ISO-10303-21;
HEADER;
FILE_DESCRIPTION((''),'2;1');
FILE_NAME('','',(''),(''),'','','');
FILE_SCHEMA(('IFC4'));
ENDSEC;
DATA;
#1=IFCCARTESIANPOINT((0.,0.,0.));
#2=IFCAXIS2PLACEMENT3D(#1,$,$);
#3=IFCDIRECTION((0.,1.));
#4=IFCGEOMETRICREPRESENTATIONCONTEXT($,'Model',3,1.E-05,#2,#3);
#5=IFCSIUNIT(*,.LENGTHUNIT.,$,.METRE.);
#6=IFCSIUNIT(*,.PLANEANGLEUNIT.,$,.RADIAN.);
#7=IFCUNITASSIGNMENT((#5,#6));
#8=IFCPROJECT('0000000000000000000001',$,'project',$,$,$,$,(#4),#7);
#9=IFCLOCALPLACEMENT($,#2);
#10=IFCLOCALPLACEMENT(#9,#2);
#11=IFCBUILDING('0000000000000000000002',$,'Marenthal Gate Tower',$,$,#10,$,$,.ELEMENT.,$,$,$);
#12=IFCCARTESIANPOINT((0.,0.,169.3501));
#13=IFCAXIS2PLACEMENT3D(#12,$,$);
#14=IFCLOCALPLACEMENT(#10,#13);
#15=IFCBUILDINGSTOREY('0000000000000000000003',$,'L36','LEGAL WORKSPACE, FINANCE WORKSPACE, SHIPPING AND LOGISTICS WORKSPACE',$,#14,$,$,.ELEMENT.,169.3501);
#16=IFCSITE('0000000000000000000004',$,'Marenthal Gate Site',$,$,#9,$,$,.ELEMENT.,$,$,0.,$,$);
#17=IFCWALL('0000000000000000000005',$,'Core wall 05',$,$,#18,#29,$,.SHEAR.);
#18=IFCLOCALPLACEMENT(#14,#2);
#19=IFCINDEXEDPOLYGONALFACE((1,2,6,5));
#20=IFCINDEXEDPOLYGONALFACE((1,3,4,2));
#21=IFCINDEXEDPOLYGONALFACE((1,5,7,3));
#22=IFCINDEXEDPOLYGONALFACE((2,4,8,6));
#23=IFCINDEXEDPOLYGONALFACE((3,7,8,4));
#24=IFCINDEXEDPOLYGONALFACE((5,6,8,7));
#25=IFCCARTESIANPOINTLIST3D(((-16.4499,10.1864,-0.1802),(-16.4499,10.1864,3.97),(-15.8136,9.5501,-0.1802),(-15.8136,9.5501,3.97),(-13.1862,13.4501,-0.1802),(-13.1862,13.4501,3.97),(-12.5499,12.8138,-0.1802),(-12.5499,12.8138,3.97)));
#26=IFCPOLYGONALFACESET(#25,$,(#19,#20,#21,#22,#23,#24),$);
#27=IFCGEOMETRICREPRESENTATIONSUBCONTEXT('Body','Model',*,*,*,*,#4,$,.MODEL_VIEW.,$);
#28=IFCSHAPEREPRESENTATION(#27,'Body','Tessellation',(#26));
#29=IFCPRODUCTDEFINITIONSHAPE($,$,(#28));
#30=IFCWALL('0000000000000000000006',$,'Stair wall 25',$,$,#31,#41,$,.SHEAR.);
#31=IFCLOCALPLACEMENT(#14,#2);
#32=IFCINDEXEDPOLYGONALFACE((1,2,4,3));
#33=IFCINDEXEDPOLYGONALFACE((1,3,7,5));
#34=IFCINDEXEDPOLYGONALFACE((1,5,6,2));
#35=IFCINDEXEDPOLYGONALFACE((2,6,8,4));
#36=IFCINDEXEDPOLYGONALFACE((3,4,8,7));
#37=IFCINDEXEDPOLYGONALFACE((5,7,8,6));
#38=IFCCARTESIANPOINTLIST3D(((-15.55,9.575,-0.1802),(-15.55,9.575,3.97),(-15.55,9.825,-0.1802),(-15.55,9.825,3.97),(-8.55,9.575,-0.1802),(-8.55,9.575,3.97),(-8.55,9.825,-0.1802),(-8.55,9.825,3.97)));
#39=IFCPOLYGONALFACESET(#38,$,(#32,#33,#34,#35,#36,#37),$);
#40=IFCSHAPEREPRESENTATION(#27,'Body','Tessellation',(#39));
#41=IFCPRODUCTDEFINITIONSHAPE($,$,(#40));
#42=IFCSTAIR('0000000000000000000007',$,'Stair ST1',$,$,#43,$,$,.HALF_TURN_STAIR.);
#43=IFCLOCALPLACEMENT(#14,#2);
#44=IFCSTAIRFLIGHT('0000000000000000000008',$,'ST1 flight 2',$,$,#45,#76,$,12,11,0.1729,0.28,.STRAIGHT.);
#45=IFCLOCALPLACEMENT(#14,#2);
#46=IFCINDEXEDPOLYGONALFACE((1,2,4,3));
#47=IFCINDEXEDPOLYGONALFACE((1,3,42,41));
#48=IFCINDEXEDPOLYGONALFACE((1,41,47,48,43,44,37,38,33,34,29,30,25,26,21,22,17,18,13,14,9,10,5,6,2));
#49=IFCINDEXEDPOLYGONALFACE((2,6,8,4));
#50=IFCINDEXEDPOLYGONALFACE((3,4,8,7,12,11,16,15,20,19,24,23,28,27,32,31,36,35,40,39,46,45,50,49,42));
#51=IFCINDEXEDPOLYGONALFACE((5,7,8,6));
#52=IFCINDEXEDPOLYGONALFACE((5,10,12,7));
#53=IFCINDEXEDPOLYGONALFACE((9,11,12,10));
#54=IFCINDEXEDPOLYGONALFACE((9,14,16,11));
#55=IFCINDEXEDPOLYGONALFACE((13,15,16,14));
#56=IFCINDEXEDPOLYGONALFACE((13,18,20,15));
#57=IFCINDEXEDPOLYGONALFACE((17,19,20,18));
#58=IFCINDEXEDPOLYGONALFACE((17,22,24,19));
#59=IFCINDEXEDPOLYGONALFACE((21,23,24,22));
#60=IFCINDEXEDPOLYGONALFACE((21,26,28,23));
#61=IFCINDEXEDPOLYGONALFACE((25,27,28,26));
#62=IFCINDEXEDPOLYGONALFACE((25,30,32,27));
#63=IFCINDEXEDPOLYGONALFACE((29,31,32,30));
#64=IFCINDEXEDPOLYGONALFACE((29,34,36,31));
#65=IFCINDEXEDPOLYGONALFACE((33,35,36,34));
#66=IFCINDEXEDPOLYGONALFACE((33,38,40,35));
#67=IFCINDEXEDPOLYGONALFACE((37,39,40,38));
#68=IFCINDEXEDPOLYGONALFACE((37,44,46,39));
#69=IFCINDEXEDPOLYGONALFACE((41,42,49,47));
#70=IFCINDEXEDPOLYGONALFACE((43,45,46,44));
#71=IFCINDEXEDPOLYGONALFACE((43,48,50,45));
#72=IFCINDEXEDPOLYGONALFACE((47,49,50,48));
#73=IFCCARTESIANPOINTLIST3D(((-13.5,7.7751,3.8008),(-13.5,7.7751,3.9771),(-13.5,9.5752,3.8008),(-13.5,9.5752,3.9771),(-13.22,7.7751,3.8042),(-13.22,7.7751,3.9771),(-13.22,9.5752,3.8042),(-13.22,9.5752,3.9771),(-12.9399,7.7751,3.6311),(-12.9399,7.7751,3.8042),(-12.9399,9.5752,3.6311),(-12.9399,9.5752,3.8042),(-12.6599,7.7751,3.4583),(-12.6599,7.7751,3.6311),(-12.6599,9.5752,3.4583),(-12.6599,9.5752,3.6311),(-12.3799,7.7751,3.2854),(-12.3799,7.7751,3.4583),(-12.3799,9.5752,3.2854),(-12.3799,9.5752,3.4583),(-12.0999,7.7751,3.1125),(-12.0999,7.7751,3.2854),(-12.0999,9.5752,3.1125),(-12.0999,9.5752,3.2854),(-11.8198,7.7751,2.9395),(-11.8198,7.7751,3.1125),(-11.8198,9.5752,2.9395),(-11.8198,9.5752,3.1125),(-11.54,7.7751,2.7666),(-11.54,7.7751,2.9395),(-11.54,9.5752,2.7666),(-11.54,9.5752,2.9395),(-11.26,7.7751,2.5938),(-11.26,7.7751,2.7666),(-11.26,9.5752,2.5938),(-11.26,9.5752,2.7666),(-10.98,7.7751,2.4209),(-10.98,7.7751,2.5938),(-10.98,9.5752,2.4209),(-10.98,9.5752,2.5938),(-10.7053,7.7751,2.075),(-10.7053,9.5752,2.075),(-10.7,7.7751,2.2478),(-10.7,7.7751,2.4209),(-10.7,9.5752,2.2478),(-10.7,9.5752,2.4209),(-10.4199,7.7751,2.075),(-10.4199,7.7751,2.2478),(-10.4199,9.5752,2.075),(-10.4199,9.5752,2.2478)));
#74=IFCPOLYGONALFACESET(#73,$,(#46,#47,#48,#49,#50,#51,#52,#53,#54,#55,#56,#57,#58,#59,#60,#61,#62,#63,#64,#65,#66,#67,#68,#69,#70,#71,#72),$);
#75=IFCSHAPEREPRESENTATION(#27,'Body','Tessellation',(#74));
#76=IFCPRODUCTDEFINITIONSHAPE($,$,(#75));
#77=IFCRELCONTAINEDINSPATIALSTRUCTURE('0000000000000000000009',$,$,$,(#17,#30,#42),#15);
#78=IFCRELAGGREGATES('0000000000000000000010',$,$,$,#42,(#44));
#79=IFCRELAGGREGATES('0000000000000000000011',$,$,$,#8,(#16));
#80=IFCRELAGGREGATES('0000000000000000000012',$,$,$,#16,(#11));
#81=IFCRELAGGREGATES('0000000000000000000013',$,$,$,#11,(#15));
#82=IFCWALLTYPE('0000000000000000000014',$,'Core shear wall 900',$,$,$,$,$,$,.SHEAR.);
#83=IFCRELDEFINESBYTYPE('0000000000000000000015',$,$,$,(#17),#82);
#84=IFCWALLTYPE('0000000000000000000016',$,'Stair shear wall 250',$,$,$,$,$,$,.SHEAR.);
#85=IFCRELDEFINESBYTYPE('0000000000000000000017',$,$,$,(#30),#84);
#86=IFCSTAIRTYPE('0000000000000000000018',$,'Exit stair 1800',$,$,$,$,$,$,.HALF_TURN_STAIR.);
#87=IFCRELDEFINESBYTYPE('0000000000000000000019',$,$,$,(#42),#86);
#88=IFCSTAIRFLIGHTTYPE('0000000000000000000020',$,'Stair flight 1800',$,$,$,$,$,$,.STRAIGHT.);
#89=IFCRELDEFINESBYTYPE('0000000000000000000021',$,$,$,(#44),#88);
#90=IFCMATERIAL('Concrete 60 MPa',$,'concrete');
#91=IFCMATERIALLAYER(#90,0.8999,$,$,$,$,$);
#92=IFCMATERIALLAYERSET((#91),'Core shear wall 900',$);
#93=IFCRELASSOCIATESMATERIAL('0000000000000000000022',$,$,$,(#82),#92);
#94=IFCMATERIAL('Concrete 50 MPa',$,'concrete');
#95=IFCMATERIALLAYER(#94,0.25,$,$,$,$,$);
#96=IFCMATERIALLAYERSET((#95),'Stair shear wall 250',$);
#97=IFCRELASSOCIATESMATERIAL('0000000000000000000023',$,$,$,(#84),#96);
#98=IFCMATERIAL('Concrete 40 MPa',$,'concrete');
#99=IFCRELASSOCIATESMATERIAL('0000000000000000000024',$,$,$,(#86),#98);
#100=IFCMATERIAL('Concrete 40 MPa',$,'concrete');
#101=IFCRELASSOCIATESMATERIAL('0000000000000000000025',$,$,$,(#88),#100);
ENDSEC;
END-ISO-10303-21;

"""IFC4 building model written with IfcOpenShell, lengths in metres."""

from ifc_helpers import new_model, si_unit, direction, frame, frame_2d, origin, place, context, subcontext, project, spatial, polyline, rectangle, outline, extrude, material, layer, layer_set, type_object, element, aggregate, save


model = new_model("IFC4")

# Units and contexts
model_context = context("Model", 3, precision=1e-05, world=origin(), true_north=direction((0.0, 1.0)))
body_context = subcontext(model_context, "Body", "Model", "MODEL_VIEW")
ifc_project = project(units=[si_unit("LENGTHUNIT", "METRE"), si_unit("PLANEANGLEUNIT", "RADIAN")], contexts=[model_context])

# Site, building, storey
site_placement = place(None, origin())
site = spatial("IfcSite", under=ifc_project, at=site_placement, Name="Marenthal Gate Site", CompositionType="ELEMENT", RefElevation=0.0)
building_placement = place(site_placement, origin())
building = spatial("IfcBuilding", under=site, at=building_placement, Name="Marenthal Gate Tower", CompositionType="ELEMENT")
storey_placement = place(building_placement, frame((0.0, 0.0, 169.3501)))
storey = spatial("IfcBuildingStorey", under=building, at=storey_placement, Name="L36", Description="LEGAL WORKSPACE, FINANCE WORKSPACE, SHIPPING AND LOGISTICS WORKSPACE", CompositionType="ELEMENT", Elevation=169.3501)

# Walls
ifc_material_1 = material(Name="Concrete 60 MPa", Category="concrete")
ifc_layer_1 = layer(ifc_material_1, 0.8999)
ifc_layer_set_1 = layer_set([ifc_layer_1], Name="Core shear wall 900")
wall_type_1 = type_object("IfcWallType", Name="Core shear wall 900", PredefinedType="SHEAR", material=ifc_layer_set_1)
wall_1_placement = place(storey_placement, frame((-12.8682, 13.1318, -0.1802), z_axis=(0.0, 0.0, 1.0), x_axis=(-0.707107, -0.707107, 0.0)))
element("IfcWall", 1, at=wall_1_placement, inside=storey, type_object=wall_type_1, Name="Core wall 05", PredefinedType="SHEAR", context=body_context, shape_type="SweptSolid", body=[
    extrude(rectangle(XDim=4.6155, YDim=0.8999, at=frame_2d((2.3076, 0.0))), origin(), (0.0, 0.0, 1.0), 4.1501),
])
ifc_material_2 = material(Name="Concrete 50 MPa", Category="concrete")
ifc_layer_2 = layer(ifc_material_2, 0.25)
ifc_layer_set_2 = layer_set([ifc_layer_2], Name="Stair shear wall 250")
wall_type_2 = type_object("IfcWallType", Name="Stair shear wall 250", PredefinedType="SHEAR", material=ifc_layer_set_2)
wall_2_placement = place(storey_placement, frame((-15.55, 9.7, -0.1802), z_axis=(0.0, 0.0, 1.0), x_axis=(1.0, 0.0, 0.0)))
element("IfcWall", 2, at=wall_2_placement, inside=storey, type_object=wall_type_2, Name="Stair wall 25", PredefinedType="SHEAR", context=body_context, shape_type="SweptSolid", body=[
    extrude(rectangle(XDim=7.0, YDim=0.25, at=frame_2d((3.5, 0.0))), origin(), (0.0, 0.0, 1.0), 4.1501),
])

# Stair, stair flight
ifc_material_3 = material(Name="Concrete 40 MPa", Category="concrete")
stair_type = type_object("IfcStairType", Name="Exit stair 1800", PredefinedType="HALF_TURN_STAIR", material=ifc_material_3)
stair_placement = place(storey_placement, origin())
stair = element("IfcStair", 3, at=stair_placement, inside=storey, type_object=stair_type, Name="Stair ST1", PredefinedType="HALF_TURN_STAIR")
ifc_material_4 = material(Name="Concrete 40 MPa", Category="concrete")
stair_flight_type = type_object("IfcStairFlightType", Name="Stair flight 1800", PredefinedType="STRAIGHT", material=ifc_material_4)
stair_flight_placement = place(storey_placement, frame((-10.4199, 8.675, 2.075), z_axis=(0.0, 0.0, 1.0), x_axis=(-1.0, 0.0, 0.0)))
stair_flight = element("IfcStairFlight", 4, at=stair_flight_placement, type_object=stair_flight_type, Name="ST1 flight 2", NumberOfRisers=12, NumberOfTreads=11, PredefinedType="STRAIGHT", RiserHeight=0.1729, TreadLength=0.28, context=body_context, shape_type="SweptSolid", body=[
    extrude(outline(polyline([(0.0, 0.0), (0.0, 0.1729), (0.28, 0.1729), (0.28, 0.3459), (0.5601, 0.3459), (0.5601, 0.5188), (0.8401, 0.5188), (0.8401, 0.6917), (1.1201, 0.6917), (1.1201, 0.8645), (1.3999, 0.8645), (1.3999, 1.0376), (1.6799, 1.0376), (1.6799, 1.2104), (1.96, 1.2104), (1.96, 1.3833), (2.24, 1.3833), (2.24, 1.5562), (2.52, 1.5562), (2.52, 1.7292), (2.8, 1.7292), (2.8, 1.9021), (3.0801, 1.9021), (3.0801, 2.075), (3.0801, 1.7258), (0.2854, 0.0), (0.0, 0.0)])), frame((0.0, 0.8999, 0.0), z_axis=(0.0, -1.0, 0.0), x_axis=(1.0, 0.0, 0.0)), (0.0, 0.0, 1.0), 1.8),
])
aggregate(stair, [stair_flight])

save(model, "model.ifc")
